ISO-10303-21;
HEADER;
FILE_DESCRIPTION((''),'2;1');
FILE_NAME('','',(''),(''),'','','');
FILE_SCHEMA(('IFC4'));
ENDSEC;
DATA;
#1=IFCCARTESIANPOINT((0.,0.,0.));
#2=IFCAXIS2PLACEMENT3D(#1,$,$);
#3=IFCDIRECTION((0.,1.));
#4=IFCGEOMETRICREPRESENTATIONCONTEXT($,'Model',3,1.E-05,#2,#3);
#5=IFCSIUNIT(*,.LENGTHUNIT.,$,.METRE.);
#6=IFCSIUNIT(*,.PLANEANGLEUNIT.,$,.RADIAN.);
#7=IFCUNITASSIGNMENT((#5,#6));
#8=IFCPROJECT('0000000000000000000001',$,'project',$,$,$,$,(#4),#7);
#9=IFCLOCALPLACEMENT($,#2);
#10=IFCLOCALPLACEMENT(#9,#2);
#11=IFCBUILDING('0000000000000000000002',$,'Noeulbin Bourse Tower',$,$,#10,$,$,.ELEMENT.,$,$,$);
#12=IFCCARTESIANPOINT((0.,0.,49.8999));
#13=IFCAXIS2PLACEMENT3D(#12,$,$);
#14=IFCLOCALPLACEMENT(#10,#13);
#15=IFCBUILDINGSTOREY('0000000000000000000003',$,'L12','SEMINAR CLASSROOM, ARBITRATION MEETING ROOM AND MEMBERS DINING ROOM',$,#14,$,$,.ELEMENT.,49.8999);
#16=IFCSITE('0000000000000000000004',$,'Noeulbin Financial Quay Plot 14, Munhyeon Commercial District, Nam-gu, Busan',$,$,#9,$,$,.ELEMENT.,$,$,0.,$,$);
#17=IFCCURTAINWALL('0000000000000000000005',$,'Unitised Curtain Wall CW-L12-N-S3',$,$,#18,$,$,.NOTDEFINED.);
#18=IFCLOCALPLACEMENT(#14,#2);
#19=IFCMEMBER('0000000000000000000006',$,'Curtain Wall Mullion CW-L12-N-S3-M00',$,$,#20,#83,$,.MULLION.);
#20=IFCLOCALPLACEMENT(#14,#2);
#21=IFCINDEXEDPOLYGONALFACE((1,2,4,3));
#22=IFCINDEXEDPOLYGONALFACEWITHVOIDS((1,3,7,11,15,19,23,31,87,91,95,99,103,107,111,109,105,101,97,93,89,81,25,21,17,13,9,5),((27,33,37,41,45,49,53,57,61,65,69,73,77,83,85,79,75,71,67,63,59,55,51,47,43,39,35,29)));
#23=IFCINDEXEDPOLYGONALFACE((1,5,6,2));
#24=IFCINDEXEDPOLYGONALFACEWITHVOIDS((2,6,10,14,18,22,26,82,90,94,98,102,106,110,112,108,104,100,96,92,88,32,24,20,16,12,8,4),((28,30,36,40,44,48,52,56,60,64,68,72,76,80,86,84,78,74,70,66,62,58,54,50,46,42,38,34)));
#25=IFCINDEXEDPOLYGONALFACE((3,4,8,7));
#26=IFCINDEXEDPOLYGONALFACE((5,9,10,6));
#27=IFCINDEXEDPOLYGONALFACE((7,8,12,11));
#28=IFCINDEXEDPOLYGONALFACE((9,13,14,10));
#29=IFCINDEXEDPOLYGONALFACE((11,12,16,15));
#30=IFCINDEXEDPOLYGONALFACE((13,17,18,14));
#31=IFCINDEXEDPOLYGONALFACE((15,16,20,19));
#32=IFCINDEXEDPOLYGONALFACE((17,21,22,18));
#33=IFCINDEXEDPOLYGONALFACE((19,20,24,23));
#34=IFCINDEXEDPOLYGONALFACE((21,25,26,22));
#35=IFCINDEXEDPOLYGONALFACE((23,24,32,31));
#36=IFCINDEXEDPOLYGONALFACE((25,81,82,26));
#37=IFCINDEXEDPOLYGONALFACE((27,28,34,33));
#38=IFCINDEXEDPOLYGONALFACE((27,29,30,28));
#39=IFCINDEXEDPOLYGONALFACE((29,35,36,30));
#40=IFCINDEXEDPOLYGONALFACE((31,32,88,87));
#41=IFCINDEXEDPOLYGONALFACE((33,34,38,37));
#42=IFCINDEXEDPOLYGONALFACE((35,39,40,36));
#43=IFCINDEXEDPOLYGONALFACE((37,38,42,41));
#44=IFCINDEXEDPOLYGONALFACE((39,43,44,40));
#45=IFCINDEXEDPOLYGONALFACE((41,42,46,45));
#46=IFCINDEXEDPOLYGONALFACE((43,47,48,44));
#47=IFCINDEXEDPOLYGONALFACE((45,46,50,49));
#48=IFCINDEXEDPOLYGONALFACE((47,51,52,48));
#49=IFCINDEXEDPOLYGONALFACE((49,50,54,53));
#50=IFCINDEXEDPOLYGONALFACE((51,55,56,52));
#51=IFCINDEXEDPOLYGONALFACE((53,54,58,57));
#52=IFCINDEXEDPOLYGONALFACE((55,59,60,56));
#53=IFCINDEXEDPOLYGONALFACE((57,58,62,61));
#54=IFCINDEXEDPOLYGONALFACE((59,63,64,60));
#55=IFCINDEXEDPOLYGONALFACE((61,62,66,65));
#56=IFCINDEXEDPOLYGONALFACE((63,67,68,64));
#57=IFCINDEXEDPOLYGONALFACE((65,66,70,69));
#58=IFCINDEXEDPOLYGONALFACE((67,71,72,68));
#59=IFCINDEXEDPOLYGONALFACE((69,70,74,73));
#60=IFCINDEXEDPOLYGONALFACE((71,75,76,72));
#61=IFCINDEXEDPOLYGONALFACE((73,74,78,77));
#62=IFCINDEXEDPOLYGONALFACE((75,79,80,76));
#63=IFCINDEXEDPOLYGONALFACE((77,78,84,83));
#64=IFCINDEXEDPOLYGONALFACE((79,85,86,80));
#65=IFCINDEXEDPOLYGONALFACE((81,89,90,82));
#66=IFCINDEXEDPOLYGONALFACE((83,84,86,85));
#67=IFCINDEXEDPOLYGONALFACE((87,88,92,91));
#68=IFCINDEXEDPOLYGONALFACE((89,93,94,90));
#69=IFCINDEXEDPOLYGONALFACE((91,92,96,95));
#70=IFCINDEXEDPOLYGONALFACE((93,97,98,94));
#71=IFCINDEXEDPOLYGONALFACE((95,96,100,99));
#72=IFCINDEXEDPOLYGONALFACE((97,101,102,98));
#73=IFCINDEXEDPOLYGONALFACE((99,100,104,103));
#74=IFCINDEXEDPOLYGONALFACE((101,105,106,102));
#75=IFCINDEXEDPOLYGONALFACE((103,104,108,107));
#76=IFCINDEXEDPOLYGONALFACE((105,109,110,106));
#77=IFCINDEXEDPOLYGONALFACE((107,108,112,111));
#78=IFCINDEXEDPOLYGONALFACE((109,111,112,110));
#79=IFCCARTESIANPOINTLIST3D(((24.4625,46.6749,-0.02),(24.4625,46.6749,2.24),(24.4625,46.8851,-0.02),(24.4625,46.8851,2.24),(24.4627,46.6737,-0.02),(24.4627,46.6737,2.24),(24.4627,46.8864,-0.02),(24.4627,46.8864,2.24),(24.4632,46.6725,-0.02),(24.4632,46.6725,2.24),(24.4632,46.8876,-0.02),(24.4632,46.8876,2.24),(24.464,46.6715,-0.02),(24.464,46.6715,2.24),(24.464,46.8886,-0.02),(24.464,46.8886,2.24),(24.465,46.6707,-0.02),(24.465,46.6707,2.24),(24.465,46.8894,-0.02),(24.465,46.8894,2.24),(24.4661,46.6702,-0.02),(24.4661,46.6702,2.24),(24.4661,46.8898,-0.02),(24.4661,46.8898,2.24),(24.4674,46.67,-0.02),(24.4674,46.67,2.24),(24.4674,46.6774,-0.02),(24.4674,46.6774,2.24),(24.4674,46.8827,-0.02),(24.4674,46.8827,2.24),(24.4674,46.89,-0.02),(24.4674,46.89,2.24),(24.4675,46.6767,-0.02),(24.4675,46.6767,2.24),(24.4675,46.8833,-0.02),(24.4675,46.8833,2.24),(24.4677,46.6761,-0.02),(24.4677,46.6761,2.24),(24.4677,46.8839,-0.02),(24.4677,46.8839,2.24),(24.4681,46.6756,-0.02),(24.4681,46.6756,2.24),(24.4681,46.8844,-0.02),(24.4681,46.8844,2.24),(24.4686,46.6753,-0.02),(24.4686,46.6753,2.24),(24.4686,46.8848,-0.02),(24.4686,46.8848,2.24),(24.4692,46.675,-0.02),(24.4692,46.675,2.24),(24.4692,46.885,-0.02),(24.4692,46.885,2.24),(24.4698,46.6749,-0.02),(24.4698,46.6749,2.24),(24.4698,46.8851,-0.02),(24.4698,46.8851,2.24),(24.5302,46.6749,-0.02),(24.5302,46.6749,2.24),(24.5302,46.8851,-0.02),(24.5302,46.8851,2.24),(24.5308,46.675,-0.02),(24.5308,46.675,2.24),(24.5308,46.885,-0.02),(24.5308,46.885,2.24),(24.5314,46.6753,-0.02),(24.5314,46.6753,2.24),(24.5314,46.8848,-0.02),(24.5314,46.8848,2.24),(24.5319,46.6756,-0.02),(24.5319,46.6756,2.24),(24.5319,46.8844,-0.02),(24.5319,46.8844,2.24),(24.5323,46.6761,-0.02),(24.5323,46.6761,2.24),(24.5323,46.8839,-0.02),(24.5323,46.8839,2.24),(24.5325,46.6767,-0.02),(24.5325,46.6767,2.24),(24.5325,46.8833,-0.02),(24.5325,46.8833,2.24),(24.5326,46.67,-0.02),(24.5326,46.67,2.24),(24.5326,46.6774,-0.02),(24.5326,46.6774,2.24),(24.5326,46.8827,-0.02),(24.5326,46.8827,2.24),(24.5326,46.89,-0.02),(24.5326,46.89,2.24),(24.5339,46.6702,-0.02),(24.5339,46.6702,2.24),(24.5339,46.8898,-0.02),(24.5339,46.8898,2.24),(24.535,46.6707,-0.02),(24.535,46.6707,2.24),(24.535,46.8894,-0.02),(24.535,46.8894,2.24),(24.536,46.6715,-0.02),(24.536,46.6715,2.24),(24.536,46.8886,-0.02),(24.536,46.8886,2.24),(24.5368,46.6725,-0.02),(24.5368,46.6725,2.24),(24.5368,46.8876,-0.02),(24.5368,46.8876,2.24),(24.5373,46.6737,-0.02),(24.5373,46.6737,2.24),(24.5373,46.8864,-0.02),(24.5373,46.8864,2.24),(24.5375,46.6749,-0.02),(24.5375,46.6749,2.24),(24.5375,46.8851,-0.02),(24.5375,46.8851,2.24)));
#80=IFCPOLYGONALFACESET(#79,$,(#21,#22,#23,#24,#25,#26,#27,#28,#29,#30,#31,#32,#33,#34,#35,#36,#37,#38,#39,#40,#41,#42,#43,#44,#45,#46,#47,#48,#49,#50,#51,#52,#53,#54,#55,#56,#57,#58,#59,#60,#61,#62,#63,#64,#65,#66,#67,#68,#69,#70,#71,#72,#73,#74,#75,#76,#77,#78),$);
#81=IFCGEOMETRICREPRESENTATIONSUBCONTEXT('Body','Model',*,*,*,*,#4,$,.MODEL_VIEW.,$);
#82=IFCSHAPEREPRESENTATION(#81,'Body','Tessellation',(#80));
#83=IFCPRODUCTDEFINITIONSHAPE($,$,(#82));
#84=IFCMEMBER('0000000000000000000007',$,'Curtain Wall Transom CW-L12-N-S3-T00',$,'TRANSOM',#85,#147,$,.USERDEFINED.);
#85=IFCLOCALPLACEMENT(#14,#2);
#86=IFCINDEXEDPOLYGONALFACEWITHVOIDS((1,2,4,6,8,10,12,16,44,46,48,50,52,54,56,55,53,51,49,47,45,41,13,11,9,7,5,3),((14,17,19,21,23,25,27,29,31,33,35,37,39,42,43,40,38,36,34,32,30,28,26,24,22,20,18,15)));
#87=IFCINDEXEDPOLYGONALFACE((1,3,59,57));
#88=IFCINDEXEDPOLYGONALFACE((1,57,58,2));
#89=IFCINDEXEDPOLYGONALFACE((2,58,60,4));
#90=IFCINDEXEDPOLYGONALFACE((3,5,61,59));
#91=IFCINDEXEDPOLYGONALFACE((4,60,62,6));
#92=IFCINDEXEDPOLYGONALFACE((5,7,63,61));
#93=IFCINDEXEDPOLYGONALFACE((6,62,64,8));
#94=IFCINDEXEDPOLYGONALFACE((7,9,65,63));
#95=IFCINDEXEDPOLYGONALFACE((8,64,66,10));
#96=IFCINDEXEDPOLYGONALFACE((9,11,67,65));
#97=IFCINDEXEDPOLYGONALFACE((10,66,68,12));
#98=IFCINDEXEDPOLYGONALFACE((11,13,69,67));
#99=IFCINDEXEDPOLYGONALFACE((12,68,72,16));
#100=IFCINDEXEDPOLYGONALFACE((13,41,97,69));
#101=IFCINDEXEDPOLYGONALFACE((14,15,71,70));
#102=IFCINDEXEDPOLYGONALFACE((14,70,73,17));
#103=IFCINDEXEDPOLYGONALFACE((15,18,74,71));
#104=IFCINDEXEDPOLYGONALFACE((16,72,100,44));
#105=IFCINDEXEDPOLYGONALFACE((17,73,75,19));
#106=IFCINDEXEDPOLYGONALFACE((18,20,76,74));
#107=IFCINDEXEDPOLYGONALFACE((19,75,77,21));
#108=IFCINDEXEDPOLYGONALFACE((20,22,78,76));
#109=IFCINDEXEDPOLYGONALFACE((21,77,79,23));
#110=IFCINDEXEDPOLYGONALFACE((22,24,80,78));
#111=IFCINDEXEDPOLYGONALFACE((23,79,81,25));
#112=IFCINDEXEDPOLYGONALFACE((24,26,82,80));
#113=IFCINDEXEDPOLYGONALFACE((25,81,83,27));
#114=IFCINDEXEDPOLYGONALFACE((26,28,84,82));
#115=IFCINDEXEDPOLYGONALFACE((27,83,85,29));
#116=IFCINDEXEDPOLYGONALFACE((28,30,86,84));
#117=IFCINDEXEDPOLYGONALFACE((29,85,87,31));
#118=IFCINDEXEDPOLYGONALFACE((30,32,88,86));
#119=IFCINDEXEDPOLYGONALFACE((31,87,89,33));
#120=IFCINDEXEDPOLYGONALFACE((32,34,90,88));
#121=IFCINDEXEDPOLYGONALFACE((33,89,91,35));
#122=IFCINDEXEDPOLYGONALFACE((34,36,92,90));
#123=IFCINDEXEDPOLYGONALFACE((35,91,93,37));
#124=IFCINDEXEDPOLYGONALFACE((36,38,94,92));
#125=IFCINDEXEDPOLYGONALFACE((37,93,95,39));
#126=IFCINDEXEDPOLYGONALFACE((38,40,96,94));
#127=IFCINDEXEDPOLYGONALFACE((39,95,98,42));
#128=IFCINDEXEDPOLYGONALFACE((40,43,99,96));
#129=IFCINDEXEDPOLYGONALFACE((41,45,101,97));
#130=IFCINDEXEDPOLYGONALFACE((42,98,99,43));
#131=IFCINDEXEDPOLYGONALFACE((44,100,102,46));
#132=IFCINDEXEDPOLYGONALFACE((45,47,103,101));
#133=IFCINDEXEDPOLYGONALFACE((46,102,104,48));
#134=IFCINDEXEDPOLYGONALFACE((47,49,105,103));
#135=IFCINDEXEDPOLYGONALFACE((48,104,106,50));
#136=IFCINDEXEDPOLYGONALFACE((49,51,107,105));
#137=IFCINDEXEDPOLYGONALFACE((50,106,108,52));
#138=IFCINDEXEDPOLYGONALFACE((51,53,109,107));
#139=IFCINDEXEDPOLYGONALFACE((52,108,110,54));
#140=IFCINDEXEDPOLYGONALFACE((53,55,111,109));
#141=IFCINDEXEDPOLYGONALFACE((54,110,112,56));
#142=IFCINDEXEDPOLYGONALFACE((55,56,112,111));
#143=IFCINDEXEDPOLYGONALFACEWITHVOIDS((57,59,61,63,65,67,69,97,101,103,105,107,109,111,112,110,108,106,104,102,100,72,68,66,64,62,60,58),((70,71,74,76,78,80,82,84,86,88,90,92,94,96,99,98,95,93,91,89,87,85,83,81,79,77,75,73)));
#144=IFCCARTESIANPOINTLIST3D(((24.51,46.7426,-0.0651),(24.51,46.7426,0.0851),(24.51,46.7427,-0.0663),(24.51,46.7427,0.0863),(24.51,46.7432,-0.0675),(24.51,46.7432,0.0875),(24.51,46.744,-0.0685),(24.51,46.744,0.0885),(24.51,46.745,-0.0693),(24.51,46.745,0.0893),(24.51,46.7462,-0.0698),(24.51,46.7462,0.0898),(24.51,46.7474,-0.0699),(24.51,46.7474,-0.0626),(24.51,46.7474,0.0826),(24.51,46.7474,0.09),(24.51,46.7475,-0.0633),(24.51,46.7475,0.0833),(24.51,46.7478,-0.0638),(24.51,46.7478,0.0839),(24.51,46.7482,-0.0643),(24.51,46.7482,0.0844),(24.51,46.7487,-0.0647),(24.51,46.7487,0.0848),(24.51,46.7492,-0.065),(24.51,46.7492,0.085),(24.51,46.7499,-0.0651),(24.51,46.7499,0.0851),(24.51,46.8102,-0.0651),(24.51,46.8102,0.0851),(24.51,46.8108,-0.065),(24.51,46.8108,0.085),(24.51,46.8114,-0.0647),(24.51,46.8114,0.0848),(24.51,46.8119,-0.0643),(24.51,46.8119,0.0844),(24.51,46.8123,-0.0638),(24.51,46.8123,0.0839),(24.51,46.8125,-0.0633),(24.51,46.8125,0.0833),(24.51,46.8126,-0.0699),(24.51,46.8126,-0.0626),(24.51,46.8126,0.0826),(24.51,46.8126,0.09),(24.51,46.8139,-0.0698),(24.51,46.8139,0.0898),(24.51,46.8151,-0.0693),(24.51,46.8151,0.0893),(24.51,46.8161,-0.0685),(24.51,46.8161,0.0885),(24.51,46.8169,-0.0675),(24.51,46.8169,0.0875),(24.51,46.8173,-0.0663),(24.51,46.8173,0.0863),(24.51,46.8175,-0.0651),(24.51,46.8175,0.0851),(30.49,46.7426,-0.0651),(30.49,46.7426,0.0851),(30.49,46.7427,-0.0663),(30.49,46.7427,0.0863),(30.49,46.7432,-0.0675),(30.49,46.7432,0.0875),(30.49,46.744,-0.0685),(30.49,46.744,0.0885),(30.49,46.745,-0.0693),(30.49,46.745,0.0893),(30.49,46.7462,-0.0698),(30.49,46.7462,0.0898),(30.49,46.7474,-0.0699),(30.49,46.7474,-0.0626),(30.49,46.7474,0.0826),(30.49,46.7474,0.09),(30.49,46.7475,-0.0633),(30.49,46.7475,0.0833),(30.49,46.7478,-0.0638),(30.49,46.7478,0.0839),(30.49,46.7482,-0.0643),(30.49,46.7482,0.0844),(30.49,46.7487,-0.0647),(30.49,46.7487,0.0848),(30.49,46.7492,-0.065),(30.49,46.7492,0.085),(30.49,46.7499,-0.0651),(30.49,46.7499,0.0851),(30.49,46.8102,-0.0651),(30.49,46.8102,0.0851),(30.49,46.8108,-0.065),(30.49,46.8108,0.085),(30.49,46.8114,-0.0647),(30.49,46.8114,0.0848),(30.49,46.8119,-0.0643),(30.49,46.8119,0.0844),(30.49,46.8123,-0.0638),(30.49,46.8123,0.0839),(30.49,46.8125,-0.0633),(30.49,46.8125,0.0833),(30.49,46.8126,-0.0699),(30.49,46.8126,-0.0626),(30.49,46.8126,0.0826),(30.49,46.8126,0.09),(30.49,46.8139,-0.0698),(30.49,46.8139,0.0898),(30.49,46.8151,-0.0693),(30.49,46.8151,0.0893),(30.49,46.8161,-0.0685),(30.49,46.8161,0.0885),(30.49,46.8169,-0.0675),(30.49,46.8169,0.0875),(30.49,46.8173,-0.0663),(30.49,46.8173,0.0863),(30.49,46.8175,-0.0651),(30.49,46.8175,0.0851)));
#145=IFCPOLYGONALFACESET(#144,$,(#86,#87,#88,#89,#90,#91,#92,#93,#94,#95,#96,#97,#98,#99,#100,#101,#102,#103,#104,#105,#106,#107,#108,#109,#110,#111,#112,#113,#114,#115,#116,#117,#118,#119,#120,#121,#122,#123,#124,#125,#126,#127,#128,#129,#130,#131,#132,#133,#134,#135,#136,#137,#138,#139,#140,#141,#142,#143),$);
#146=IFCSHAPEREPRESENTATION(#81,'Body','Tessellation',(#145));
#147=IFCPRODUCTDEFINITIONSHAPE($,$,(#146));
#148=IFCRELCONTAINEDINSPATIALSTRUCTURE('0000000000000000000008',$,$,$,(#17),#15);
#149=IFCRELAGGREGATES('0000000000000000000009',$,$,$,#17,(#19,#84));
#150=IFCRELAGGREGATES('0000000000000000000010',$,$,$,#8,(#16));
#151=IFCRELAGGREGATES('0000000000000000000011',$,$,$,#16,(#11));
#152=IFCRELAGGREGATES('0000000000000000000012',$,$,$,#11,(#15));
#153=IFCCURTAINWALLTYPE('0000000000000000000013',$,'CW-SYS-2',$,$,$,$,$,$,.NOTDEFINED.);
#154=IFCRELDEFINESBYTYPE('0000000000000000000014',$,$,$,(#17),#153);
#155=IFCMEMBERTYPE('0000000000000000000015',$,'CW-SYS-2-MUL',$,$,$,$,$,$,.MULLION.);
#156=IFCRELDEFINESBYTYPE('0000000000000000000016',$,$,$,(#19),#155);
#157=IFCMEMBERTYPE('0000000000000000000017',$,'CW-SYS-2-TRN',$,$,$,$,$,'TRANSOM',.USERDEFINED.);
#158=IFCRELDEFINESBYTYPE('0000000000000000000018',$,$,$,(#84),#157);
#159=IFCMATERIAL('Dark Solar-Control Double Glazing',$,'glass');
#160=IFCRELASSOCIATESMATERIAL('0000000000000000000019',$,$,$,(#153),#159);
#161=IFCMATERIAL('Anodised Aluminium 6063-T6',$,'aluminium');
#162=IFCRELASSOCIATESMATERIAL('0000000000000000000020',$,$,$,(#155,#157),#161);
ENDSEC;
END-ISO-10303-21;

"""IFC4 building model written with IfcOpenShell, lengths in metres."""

from ifc_helpers import new_model, si_unit, direction, frame, origin, origin_2d, place, context, subcontext, project, spatial, hollow_rectangle, extrude, material, material_profile, profile_set, type_object, element, aggregate, save


model = new_model("IFC4")

# Units and contexts
model_context = context("Model", 3, precision=1e-05, world=origin(), true_north=direction((0.0, 1.0)))
body_context = subcontext(model_context, "Body", "Model", "MODEL_VIEW")
ifc_project = project(units=[si_unit("LENGTHUNIT", "METRE"), si_unit("PLANEANGLEUNIT", "RADIAN")], contexts=[model_context])

# Site, building, storey
site_placement = place(None, origin())
site = spatial("IfcSite", under=ifc_project, at=site_placement, Name="Noeulbin Financial Quay Plot 14, Munhyeon Commercial District, Nam-gu, Busan", CompositionType="ELEMENT", RefElevation=0.0)
building_placement = place(site_placement, origin())
building = spatial("IfcBuilding", under=site, at=building_placement, Name="Noeulbin Bourse Tower", CompositionType="ELEMENT")
storey_placement = place(building_placement, frame((0.0, 0.0, 49.8999)))
storey = spatial("IfcBuildingStorey", under=building, at=storey_placement, Name="L12", Description="SEMINAR CLASSROOM, ARBITRATION MEETING ROOM AND MEMBERS DINING ROOM", CompositionType="ELEMENT", Elevation=49.8999)

# Curtain wall, members
ifc_material_1 = material(Name="Dark Solar-Control Double Glazing", Category="glass")
curtain_wall_type = type_object("IfcCurtainWallType", Name="CW-SYS-2", PredefinedType="NOTDEFINED", material=ifc_material_1)
ifc_material_2 = material(Name="Anodised Aluminium 6063-T6", Category="aluminium")
ifc_material_profile_1 = material_profile(ifc_material_2, hollow_rectangle(XDim=0.075, YDim=0.22, WallThickness=0.0049, InnerFilletRadius=0.0024, OuterFilletRadius=0.0049, at=origin_2d()), Name="ALU-MULL-75x220x5", Category="LoadBearing")
ifc_profile_set_1 = profile_set([ifc_material_profile_1], Name="Anodised Aluminium 6063-T6")
member_type_1 = type_object("IfcMemberType", Name="CW-SYS-2-MUL", PredefinedType="MULLION", material=ifc_profile_set_1)
curtain_wall_1_placement = place(storey_placement, origin())
curtain_wall_1 = element("IfcCurtainWall", 1, at=curtain_wall_1_placement, inside=storey, type_object=curtain_wall_type, Name="Unitised Curtain Wall CW-L12-N-S3", PredefinedType="NOTDEFINED")
member_1_placement = place(storey_placement, frame((24.5, 46.78, -0.02), z_axis=(0.0, 0.0, 1.0), x_axis=(1.0, 0.0, 0.0)))
member_1 = element("IfcMember", 2, at=member_1_placement, type_object=member_type_1, Name="Curtain Wall Mullion CW-L12-N-S3-M00", PredefinedType="MULLION", context=body_context, shape_type="SweptSolid", body=[
    extrude(hollow_rectangle(XDim=0.075, YDim=0.22, WallThickness=0.0049, InnerFilletRadius=0.0024, OuterFilletRadius=0.0049, at=origin_2d()), origin(), (0.0, 0.0, 1.0), 2.26),
])
ifc_material_profile_2 = material_profile(ifc_material_2, hollow_rectangle(XDim=0.075, YDim=0.1599, WallThickness=0.0049, InnerFilletRadius=0.0024, OuterFilletRadius=0.0049, at=origin_2d()), Name="ALU-TRAN-75x160x5", Category="LoadBearing")
ifc_profile_set_2 = profile_set([ifc_material_profile_2], Name="Anodised Aluminium 6063-T6")
member_type_2 = type_object("IfcMemberType", Name="CW-SYS-2-TRN", ElementType="TRANSOM", PredefinedType="USERDEFINED", material=ifc_profile_set_2)
member_2_placement = place(storey_placement, frame((24.51, 46.78, 0.01), z_axis=(1.0, 0.0, 0.0), x_axis=(0.0, 1.0, 0.0)))
member_2 = element("IfcMember", 3, at=member_2_placement, type_object=member_type_2, Name="Curtain Wall Transom CW-L12-N-S3-T00", ObjectType="TRANSOM", PredefinedType="USERDEFINED", context=body_context, shape_type="SweptSolid", body=[
    extrude(hollow_rectangle(XDim=0.075, YDim=0.1599, WallThickness=0.0049, InnerFilletRadius=0.0024, OuterFilletRadius=0.0049, at=origin_2d()), origin(), (0.0, 0.0, 1.0), 5.98),
])

aggregate(curtain_wall_1, [member_1, member_2])

save(model, "model.ifc")
